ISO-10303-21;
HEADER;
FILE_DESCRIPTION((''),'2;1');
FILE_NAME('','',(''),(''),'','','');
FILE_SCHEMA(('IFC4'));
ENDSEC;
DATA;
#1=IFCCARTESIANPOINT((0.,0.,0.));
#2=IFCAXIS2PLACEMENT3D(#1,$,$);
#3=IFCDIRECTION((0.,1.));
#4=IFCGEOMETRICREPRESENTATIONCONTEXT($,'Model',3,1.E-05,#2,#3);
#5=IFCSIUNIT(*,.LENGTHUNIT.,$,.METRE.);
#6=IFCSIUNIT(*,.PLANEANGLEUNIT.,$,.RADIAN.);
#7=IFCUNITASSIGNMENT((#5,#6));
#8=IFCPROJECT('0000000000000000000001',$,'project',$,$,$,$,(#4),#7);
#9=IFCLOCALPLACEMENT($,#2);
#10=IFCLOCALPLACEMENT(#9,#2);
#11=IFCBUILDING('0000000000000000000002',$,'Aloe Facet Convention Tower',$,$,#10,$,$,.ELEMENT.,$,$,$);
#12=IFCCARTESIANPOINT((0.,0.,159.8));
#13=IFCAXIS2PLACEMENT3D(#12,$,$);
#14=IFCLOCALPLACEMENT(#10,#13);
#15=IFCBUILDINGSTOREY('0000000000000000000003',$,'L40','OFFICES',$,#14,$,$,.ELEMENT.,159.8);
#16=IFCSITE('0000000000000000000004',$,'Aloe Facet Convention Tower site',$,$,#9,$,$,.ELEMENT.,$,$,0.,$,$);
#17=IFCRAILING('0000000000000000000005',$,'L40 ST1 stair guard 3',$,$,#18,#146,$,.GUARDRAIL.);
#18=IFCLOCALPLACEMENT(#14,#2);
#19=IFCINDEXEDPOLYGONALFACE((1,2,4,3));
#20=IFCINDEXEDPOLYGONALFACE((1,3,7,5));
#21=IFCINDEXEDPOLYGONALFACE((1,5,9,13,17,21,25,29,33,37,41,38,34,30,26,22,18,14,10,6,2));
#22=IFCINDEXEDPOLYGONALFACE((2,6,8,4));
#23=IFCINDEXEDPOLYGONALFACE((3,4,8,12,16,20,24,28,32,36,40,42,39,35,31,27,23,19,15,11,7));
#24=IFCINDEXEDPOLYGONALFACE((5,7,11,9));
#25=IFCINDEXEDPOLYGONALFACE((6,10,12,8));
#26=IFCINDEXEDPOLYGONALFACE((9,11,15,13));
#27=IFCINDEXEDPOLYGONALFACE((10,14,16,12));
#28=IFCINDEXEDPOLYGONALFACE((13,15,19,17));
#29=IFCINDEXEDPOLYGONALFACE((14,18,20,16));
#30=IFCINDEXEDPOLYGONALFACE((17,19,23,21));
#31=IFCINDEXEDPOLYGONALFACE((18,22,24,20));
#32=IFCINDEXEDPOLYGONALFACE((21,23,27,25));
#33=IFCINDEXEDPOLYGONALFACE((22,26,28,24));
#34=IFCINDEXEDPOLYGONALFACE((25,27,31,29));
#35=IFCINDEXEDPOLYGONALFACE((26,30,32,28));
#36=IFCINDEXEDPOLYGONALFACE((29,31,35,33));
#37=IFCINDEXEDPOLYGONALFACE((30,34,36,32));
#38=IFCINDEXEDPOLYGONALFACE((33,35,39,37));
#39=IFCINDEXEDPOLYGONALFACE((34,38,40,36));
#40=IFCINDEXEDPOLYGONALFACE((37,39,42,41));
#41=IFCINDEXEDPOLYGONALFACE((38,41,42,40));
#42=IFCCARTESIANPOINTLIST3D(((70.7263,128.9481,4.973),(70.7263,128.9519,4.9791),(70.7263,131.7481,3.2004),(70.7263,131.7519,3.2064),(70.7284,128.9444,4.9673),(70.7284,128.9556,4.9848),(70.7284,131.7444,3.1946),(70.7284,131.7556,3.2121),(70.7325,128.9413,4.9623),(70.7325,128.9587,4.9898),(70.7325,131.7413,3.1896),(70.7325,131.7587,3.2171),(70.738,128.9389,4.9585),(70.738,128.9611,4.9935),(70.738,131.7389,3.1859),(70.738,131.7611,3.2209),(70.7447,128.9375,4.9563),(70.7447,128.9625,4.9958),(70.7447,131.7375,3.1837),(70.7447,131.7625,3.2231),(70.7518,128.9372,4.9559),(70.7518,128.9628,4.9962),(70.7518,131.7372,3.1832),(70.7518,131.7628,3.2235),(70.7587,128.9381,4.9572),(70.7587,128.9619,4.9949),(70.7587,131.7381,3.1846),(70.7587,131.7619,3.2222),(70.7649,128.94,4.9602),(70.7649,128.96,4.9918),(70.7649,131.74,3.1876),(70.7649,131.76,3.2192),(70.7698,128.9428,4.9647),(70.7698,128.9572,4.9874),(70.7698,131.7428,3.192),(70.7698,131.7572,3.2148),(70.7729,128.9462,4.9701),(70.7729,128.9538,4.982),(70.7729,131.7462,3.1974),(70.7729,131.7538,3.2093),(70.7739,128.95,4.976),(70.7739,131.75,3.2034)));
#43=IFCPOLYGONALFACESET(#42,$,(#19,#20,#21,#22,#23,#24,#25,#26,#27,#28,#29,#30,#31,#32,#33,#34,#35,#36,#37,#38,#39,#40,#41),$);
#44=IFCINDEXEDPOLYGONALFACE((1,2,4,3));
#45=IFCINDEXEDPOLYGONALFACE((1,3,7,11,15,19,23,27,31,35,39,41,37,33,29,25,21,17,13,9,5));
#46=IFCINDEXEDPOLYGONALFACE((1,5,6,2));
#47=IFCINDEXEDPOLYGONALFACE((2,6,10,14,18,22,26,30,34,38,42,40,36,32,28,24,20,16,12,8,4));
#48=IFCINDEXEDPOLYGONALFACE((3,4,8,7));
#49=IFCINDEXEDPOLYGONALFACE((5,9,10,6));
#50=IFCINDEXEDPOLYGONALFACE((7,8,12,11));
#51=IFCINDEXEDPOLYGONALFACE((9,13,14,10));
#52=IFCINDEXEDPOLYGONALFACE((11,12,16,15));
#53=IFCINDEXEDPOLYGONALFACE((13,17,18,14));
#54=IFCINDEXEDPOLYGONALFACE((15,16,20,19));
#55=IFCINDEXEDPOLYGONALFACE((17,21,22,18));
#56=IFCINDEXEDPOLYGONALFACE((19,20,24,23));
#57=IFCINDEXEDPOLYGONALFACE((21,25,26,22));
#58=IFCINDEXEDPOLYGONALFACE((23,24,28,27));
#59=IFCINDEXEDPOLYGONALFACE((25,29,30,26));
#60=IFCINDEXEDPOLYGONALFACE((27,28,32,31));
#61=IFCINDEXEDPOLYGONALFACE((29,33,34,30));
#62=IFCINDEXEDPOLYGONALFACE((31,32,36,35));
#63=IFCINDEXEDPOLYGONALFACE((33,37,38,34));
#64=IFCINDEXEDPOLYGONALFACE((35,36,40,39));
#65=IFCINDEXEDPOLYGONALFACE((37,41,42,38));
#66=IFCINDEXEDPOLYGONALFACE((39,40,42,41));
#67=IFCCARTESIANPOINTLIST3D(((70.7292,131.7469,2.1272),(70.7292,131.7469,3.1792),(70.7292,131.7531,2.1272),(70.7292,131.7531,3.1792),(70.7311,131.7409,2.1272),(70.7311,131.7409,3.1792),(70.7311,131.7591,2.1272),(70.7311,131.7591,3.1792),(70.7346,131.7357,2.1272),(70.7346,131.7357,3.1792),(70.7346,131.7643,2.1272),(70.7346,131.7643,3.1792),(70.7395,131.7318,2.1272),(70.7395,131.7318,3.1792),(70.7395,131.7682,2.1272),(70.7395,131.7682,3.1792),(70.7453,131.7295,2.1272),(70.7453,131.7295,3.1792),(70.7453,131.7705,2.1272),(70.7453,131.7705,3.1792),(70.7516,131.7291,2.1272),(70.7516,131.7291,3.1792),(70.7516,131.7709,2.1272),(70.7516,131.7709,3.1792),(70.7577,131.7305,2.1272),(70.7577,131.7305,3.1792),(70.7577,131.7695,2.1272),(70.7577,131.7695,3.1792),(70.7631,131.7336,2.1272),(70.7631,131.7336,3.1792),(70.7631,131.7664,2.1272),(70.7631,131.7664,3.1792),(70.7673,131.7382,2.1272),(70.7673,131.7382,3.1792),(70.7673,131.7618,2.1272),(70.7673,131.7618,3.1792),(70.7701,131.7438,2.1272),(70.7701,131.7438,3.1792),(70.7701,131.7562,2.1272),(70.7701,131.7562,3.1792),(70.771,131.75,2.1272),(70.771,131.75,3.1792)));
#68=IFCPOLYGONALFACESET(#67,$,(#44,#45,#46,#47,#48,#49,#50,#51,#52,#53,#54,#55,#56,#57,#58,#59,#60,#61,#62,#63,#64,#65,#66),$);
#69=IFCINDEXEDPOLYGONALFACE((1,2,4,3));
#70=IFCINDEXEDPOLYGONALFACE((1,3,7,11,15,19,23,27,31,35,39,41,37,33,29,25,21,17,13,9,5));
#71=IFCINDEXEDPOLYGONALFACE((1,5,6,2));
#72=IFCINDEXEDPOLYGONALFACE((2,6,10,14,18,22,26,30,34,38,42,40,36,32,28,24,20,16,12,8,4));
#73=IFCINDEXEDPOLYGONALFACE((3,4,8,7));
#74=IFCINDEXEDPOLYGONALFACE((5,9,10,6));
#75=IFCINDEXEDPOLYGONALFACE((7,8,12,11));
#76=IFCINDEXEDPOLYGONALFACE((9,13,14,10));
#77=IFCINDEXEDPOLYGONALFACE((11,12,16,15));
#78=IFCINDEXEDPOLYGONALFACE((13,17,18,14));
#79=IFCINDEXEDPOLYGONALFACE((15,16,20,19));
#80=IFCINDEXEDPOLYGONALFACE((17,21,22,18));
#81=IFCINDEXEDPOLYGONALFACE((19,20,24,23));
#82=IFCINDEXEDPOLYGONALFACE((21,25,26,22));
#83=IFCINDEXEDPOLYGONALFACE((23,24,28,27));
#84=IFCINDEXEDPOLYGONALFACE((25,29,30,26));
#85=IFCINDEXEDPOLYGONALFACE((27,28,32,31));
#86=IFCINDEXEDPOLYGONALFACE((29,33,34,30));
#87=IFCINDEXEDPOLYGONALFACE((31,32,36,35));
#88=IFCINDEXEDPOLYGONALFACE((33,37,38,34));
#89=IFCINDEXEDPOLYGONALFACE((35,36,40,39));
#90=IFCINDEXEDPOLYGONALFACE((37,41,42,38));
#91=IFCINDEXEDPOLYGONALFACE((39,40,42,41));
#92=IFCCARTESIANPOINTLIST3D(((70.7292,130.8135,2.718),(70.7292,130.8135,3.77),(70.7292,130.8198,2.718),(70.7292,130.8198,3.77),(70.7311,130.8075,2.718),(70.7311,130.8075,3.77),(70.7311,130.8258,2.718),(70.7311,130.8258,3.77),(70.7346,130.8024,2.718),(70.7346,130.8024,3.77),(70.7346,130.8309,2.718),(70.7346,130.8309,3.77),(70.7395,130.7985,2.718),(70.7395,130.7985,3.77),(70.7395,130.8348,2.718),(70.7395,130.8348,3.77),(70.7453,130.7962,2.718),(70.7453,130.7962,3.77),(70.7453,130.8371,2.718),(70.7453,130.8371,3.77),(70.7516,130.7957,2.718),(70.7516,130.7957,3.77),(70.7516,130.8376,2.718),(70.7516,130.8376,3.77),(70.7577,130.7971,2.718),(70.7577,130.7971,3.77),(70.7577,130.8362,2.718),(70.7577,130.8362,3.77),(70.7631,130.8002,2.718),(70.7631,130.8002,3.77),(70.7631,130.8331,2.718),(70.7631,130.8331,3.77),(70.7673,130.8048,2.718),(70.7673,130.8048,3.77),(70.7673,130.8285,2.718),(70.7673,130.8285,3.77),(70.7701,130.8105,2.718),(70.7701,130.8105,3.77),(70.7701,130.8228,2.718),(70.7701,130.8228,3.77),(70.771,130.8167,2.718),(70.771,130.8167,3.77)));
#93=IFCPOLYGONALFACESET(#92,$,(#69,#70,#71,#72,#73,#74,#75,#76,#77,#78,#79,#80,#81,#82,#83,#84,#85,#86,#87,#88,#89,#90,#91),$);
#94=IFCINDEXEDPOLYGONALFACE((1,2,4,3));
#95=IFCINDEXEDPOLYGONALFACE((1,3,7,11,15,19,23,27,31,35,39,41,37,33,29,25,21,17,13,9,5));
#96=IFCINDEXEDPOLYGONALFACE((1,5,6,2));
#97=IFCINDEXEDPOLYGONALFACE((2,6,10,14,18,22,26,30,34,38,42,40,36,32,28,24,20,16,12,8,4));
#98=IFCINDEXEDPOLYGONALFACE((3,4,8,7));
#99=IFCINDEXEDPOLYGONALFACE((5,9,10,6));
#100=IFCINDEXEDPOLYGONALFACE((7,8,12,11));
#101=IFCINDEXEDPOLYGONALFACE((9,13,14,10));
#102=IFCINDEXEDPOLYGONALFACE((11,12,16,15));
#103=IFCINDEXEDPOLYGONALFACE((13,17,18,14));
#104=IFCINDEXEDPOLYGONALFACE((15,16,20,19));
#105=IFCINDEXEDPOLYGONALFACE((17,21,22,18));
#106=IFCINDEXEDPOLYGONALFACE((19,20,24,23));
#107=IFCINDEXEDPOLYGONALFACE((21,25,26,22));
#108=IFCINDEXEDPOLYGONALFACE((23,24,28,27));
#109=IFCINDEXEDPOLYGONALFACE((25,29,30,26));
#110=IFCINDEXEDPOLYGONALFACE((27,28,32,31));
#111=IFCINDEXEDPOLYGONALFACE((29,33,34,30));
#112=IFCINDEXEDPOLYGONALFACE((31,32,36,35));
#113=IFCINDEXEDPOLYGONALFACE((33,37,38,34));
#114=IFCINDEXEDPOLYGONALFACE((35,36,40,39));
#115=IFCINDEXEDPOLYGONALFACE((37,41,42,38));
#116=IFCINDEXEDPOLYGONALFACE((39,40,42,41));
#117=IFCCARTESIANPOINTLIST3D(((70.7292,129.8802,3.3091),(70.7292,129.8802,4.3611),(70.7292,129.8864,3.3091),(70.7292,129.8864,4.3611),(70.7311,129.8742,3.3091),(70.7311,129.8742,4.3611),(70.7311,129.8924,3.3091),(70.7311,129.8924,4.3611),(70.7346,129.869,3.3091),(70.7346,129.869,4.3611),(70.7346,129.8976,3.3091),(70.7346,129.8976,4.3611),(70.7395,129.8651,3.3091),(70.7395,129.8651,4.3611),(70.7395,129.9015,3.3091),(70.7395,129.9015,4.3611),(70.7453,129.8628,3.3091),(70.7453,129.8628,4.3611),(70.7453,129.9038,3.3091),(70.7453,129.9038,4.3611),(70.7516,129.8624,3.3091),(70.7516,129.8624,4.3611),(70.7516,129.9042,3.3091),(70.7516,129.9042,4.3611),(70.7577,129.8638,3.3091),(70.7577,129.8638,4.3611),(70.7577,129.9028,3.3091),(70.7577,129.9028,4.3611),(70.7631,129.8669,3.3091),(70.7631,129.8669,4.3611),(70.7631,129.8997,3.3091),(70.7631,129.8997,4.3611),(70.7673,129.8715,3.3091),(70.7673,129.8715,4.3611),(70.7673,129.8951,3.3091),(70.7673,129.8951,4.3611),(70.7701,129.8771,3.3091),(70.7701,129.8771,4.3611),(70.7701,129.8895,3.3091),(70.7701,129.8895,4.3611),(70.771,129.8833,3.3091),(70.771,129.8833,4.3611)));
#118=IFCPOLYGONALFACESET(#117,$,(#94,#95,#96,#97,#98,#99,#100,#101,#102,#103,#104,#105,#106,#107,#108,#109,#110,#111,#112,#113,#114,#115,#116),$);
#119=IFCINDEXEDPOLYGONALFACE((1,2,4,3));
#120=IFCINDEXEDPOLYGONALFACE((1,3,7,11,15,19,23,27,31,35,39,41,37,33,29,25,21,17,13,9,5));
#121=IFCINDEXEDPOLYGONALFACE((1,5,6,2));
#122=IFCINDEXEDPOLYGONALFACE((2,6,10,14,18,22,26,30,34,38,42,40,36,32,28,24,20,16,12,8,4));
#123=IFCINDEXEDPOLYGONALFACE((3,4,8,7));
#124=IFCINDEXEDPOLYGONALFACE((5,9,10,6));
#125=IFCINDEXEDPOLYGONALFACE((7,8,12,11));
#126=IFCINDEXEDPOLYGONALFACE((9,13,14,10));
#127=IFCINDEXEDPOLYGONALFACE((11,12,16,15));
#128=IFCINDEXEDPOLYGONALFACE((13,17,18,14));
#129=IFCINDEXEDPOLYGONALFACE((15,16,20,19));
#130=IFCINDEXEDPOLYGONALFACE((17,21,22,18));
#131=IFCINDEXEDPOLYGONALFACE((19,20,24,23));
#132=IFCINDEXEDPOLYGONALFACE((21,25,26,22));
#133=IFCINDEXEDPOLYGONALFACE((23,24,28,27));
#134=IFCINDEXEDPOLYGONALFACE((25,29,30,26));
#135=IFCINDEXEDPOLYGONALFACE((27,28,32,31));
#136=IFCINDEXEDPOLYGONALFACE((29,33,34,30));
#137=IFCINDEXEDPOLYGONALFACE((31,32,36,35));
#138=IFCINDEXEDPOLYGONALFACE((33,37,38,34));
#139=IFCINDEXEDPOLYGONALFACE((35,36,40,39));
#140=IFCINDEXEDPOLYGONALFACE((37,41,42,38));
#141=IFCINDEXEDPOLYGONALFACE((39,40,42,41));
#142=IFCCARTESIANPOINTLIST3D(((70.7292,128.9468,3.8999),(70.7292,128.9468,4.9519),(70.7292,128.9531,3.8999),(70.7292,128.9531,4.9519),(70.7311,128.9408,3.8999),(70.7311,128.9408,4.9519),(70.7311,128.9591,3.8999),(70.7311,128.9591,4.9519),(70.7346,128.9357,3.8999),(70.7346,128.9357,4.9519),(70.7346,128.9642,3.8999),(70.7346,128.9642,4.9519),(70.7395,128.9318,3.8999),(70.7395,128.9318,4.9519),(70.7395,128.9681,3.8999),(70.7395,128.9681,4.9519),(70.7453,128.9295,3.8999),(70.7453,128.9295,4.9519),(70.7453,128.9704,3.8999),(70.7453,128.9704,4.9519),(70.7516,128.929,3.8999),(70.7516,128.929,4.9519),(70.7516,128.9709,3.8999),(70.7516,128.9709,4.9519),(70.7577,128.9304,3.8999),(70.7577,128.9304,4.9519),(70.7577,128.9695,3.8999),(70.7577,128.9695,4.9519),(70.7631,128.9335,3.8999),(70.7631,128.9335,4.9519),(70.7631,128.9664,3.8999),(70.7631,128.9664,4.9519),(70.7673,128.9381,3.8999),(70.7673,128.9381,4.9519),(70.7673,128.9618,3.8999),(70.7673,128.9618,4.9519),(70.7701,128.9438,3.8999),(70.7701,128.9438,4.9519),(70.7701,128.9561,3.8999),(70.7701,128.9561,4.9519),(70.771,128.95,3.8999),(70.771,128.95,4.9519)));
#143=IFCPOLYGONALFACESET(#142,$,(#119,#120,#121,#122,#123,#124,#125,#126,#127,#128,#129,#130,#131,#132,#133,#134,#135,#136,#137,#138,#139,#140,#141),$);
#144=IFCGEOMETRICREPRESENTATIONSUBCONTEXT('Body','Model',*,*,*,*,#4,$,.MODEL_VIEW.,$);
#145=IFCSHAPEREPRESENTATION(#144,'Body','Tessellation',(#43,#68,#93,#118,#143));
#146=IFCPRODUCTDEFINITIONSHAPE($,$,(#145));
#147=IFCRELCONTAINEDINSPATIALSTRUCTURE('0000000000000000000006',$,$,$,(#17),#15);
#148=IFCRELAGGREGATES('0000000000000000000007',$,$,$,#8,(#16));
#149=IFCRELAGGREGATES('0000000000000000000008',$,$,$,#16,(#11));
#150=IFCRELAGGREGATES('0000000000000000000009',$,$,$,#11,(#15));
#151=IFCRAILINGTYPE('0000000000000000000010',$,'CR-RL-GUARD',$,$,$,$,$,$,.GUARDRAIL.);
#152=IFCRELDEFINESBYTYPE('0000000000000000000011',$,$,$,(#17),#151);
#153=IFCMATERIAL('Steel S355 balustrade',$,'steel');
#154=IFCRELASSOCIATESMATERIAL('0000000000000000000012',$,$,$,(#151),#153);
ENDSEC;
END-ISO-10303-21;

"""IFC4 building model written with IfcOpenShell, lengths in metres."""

from ifc_helpers import new_model, si_unit, direction, frame, origin, origin_2d, place, context, subcontext, project, spatial, circle, extrude, material, type_object, element, save


model = new_model("IFC4")

# Units and contexts
model_context = context("Model", 3, precision=1e-05, world=origin(), true_north=direction((0.0, 1.0)))
body_context = subcontext(model_context, "Body", "Model", "MODEL_VIEW")
ifc_project = project(units=[si_unit("LENGTHUNIT", "METRE"), si_unit("PLANEANGLEUNIT", "RADIAN")], contexts=[model_context])

# Site, building, storey
site_placement = place(None, origin())
site = spatial("IfcSite", under=ifc_project, at=site_placement, Name="Aloe Facet Convention Tower site", CompositionType="ELEMENT", RefElevation=0.0)
building_placement = place(site_placement, origin())
building = spatial("IfcBuilding", under=site, at=building_placement, Name="Aloe Facet Convention Tower", CompositionType="ELEMENT")
storey_placement = place(building_placement, frame((0.0, 0.0, 159.8)))
storey = spatial("IfcBuildingStorey", under=building, at=storey_placement, Name="L40", Description="OFFICES", CompositionType="ELEMENT", Elevation=159.8)

# Railing
ifc_material_1 = material(Name="Steel S355 balustrade", Category="steel")
railing_type_1 = type_object("IfcRailingType", Name="CR-RL-GUARD", PredefinedType="GUARDRAIL", material=ifc_material_1)
railing_1_placement = place(storey_placement, frame((70.75, 131.75, 2.1272)))
element("IfcRailing", 1, at=railing_1_placement, inside=storey, type_object=railing_type_1, Name="L40 ST1 stair guard 3", PredefinedType="GUARDRAIL", context=body_context, shape_type="SweptSolid", body=[
    extrude(circle(Radius=0.0239, at=origin_2d()), frame((0.0, 0.0, 1.0762), z_axis=(0.0, -0.844909, 0.53491), x_axis=(1.0, 0.0, 0.0)), (0.0, 0.0, 1.0), 3.314),
    extrude(circle(Radius=0.021, at=origin_2d()), origin(), (0.0, 0.0, 1.0), 1.052),
    extrude(circle(Radius=0.021, at=origin_2d()), frame((0.0, -0.9333, 0.5908)), (0.0, 0.0, 1.0), 1.052),
    extrude(circle(Radius=0.021, at=origin_2d()), frame((0.0, -1.8667, 1.1819)), (0.0, 0.0, 1.0), 1.052),
    extrude(circle(Radius=0.021, at=origin_2d()), frame((0.0, -2.8, 1.7727)), (0.0, 0.0, 1.0), 1.052),
])

save(model, "model.ifc")
